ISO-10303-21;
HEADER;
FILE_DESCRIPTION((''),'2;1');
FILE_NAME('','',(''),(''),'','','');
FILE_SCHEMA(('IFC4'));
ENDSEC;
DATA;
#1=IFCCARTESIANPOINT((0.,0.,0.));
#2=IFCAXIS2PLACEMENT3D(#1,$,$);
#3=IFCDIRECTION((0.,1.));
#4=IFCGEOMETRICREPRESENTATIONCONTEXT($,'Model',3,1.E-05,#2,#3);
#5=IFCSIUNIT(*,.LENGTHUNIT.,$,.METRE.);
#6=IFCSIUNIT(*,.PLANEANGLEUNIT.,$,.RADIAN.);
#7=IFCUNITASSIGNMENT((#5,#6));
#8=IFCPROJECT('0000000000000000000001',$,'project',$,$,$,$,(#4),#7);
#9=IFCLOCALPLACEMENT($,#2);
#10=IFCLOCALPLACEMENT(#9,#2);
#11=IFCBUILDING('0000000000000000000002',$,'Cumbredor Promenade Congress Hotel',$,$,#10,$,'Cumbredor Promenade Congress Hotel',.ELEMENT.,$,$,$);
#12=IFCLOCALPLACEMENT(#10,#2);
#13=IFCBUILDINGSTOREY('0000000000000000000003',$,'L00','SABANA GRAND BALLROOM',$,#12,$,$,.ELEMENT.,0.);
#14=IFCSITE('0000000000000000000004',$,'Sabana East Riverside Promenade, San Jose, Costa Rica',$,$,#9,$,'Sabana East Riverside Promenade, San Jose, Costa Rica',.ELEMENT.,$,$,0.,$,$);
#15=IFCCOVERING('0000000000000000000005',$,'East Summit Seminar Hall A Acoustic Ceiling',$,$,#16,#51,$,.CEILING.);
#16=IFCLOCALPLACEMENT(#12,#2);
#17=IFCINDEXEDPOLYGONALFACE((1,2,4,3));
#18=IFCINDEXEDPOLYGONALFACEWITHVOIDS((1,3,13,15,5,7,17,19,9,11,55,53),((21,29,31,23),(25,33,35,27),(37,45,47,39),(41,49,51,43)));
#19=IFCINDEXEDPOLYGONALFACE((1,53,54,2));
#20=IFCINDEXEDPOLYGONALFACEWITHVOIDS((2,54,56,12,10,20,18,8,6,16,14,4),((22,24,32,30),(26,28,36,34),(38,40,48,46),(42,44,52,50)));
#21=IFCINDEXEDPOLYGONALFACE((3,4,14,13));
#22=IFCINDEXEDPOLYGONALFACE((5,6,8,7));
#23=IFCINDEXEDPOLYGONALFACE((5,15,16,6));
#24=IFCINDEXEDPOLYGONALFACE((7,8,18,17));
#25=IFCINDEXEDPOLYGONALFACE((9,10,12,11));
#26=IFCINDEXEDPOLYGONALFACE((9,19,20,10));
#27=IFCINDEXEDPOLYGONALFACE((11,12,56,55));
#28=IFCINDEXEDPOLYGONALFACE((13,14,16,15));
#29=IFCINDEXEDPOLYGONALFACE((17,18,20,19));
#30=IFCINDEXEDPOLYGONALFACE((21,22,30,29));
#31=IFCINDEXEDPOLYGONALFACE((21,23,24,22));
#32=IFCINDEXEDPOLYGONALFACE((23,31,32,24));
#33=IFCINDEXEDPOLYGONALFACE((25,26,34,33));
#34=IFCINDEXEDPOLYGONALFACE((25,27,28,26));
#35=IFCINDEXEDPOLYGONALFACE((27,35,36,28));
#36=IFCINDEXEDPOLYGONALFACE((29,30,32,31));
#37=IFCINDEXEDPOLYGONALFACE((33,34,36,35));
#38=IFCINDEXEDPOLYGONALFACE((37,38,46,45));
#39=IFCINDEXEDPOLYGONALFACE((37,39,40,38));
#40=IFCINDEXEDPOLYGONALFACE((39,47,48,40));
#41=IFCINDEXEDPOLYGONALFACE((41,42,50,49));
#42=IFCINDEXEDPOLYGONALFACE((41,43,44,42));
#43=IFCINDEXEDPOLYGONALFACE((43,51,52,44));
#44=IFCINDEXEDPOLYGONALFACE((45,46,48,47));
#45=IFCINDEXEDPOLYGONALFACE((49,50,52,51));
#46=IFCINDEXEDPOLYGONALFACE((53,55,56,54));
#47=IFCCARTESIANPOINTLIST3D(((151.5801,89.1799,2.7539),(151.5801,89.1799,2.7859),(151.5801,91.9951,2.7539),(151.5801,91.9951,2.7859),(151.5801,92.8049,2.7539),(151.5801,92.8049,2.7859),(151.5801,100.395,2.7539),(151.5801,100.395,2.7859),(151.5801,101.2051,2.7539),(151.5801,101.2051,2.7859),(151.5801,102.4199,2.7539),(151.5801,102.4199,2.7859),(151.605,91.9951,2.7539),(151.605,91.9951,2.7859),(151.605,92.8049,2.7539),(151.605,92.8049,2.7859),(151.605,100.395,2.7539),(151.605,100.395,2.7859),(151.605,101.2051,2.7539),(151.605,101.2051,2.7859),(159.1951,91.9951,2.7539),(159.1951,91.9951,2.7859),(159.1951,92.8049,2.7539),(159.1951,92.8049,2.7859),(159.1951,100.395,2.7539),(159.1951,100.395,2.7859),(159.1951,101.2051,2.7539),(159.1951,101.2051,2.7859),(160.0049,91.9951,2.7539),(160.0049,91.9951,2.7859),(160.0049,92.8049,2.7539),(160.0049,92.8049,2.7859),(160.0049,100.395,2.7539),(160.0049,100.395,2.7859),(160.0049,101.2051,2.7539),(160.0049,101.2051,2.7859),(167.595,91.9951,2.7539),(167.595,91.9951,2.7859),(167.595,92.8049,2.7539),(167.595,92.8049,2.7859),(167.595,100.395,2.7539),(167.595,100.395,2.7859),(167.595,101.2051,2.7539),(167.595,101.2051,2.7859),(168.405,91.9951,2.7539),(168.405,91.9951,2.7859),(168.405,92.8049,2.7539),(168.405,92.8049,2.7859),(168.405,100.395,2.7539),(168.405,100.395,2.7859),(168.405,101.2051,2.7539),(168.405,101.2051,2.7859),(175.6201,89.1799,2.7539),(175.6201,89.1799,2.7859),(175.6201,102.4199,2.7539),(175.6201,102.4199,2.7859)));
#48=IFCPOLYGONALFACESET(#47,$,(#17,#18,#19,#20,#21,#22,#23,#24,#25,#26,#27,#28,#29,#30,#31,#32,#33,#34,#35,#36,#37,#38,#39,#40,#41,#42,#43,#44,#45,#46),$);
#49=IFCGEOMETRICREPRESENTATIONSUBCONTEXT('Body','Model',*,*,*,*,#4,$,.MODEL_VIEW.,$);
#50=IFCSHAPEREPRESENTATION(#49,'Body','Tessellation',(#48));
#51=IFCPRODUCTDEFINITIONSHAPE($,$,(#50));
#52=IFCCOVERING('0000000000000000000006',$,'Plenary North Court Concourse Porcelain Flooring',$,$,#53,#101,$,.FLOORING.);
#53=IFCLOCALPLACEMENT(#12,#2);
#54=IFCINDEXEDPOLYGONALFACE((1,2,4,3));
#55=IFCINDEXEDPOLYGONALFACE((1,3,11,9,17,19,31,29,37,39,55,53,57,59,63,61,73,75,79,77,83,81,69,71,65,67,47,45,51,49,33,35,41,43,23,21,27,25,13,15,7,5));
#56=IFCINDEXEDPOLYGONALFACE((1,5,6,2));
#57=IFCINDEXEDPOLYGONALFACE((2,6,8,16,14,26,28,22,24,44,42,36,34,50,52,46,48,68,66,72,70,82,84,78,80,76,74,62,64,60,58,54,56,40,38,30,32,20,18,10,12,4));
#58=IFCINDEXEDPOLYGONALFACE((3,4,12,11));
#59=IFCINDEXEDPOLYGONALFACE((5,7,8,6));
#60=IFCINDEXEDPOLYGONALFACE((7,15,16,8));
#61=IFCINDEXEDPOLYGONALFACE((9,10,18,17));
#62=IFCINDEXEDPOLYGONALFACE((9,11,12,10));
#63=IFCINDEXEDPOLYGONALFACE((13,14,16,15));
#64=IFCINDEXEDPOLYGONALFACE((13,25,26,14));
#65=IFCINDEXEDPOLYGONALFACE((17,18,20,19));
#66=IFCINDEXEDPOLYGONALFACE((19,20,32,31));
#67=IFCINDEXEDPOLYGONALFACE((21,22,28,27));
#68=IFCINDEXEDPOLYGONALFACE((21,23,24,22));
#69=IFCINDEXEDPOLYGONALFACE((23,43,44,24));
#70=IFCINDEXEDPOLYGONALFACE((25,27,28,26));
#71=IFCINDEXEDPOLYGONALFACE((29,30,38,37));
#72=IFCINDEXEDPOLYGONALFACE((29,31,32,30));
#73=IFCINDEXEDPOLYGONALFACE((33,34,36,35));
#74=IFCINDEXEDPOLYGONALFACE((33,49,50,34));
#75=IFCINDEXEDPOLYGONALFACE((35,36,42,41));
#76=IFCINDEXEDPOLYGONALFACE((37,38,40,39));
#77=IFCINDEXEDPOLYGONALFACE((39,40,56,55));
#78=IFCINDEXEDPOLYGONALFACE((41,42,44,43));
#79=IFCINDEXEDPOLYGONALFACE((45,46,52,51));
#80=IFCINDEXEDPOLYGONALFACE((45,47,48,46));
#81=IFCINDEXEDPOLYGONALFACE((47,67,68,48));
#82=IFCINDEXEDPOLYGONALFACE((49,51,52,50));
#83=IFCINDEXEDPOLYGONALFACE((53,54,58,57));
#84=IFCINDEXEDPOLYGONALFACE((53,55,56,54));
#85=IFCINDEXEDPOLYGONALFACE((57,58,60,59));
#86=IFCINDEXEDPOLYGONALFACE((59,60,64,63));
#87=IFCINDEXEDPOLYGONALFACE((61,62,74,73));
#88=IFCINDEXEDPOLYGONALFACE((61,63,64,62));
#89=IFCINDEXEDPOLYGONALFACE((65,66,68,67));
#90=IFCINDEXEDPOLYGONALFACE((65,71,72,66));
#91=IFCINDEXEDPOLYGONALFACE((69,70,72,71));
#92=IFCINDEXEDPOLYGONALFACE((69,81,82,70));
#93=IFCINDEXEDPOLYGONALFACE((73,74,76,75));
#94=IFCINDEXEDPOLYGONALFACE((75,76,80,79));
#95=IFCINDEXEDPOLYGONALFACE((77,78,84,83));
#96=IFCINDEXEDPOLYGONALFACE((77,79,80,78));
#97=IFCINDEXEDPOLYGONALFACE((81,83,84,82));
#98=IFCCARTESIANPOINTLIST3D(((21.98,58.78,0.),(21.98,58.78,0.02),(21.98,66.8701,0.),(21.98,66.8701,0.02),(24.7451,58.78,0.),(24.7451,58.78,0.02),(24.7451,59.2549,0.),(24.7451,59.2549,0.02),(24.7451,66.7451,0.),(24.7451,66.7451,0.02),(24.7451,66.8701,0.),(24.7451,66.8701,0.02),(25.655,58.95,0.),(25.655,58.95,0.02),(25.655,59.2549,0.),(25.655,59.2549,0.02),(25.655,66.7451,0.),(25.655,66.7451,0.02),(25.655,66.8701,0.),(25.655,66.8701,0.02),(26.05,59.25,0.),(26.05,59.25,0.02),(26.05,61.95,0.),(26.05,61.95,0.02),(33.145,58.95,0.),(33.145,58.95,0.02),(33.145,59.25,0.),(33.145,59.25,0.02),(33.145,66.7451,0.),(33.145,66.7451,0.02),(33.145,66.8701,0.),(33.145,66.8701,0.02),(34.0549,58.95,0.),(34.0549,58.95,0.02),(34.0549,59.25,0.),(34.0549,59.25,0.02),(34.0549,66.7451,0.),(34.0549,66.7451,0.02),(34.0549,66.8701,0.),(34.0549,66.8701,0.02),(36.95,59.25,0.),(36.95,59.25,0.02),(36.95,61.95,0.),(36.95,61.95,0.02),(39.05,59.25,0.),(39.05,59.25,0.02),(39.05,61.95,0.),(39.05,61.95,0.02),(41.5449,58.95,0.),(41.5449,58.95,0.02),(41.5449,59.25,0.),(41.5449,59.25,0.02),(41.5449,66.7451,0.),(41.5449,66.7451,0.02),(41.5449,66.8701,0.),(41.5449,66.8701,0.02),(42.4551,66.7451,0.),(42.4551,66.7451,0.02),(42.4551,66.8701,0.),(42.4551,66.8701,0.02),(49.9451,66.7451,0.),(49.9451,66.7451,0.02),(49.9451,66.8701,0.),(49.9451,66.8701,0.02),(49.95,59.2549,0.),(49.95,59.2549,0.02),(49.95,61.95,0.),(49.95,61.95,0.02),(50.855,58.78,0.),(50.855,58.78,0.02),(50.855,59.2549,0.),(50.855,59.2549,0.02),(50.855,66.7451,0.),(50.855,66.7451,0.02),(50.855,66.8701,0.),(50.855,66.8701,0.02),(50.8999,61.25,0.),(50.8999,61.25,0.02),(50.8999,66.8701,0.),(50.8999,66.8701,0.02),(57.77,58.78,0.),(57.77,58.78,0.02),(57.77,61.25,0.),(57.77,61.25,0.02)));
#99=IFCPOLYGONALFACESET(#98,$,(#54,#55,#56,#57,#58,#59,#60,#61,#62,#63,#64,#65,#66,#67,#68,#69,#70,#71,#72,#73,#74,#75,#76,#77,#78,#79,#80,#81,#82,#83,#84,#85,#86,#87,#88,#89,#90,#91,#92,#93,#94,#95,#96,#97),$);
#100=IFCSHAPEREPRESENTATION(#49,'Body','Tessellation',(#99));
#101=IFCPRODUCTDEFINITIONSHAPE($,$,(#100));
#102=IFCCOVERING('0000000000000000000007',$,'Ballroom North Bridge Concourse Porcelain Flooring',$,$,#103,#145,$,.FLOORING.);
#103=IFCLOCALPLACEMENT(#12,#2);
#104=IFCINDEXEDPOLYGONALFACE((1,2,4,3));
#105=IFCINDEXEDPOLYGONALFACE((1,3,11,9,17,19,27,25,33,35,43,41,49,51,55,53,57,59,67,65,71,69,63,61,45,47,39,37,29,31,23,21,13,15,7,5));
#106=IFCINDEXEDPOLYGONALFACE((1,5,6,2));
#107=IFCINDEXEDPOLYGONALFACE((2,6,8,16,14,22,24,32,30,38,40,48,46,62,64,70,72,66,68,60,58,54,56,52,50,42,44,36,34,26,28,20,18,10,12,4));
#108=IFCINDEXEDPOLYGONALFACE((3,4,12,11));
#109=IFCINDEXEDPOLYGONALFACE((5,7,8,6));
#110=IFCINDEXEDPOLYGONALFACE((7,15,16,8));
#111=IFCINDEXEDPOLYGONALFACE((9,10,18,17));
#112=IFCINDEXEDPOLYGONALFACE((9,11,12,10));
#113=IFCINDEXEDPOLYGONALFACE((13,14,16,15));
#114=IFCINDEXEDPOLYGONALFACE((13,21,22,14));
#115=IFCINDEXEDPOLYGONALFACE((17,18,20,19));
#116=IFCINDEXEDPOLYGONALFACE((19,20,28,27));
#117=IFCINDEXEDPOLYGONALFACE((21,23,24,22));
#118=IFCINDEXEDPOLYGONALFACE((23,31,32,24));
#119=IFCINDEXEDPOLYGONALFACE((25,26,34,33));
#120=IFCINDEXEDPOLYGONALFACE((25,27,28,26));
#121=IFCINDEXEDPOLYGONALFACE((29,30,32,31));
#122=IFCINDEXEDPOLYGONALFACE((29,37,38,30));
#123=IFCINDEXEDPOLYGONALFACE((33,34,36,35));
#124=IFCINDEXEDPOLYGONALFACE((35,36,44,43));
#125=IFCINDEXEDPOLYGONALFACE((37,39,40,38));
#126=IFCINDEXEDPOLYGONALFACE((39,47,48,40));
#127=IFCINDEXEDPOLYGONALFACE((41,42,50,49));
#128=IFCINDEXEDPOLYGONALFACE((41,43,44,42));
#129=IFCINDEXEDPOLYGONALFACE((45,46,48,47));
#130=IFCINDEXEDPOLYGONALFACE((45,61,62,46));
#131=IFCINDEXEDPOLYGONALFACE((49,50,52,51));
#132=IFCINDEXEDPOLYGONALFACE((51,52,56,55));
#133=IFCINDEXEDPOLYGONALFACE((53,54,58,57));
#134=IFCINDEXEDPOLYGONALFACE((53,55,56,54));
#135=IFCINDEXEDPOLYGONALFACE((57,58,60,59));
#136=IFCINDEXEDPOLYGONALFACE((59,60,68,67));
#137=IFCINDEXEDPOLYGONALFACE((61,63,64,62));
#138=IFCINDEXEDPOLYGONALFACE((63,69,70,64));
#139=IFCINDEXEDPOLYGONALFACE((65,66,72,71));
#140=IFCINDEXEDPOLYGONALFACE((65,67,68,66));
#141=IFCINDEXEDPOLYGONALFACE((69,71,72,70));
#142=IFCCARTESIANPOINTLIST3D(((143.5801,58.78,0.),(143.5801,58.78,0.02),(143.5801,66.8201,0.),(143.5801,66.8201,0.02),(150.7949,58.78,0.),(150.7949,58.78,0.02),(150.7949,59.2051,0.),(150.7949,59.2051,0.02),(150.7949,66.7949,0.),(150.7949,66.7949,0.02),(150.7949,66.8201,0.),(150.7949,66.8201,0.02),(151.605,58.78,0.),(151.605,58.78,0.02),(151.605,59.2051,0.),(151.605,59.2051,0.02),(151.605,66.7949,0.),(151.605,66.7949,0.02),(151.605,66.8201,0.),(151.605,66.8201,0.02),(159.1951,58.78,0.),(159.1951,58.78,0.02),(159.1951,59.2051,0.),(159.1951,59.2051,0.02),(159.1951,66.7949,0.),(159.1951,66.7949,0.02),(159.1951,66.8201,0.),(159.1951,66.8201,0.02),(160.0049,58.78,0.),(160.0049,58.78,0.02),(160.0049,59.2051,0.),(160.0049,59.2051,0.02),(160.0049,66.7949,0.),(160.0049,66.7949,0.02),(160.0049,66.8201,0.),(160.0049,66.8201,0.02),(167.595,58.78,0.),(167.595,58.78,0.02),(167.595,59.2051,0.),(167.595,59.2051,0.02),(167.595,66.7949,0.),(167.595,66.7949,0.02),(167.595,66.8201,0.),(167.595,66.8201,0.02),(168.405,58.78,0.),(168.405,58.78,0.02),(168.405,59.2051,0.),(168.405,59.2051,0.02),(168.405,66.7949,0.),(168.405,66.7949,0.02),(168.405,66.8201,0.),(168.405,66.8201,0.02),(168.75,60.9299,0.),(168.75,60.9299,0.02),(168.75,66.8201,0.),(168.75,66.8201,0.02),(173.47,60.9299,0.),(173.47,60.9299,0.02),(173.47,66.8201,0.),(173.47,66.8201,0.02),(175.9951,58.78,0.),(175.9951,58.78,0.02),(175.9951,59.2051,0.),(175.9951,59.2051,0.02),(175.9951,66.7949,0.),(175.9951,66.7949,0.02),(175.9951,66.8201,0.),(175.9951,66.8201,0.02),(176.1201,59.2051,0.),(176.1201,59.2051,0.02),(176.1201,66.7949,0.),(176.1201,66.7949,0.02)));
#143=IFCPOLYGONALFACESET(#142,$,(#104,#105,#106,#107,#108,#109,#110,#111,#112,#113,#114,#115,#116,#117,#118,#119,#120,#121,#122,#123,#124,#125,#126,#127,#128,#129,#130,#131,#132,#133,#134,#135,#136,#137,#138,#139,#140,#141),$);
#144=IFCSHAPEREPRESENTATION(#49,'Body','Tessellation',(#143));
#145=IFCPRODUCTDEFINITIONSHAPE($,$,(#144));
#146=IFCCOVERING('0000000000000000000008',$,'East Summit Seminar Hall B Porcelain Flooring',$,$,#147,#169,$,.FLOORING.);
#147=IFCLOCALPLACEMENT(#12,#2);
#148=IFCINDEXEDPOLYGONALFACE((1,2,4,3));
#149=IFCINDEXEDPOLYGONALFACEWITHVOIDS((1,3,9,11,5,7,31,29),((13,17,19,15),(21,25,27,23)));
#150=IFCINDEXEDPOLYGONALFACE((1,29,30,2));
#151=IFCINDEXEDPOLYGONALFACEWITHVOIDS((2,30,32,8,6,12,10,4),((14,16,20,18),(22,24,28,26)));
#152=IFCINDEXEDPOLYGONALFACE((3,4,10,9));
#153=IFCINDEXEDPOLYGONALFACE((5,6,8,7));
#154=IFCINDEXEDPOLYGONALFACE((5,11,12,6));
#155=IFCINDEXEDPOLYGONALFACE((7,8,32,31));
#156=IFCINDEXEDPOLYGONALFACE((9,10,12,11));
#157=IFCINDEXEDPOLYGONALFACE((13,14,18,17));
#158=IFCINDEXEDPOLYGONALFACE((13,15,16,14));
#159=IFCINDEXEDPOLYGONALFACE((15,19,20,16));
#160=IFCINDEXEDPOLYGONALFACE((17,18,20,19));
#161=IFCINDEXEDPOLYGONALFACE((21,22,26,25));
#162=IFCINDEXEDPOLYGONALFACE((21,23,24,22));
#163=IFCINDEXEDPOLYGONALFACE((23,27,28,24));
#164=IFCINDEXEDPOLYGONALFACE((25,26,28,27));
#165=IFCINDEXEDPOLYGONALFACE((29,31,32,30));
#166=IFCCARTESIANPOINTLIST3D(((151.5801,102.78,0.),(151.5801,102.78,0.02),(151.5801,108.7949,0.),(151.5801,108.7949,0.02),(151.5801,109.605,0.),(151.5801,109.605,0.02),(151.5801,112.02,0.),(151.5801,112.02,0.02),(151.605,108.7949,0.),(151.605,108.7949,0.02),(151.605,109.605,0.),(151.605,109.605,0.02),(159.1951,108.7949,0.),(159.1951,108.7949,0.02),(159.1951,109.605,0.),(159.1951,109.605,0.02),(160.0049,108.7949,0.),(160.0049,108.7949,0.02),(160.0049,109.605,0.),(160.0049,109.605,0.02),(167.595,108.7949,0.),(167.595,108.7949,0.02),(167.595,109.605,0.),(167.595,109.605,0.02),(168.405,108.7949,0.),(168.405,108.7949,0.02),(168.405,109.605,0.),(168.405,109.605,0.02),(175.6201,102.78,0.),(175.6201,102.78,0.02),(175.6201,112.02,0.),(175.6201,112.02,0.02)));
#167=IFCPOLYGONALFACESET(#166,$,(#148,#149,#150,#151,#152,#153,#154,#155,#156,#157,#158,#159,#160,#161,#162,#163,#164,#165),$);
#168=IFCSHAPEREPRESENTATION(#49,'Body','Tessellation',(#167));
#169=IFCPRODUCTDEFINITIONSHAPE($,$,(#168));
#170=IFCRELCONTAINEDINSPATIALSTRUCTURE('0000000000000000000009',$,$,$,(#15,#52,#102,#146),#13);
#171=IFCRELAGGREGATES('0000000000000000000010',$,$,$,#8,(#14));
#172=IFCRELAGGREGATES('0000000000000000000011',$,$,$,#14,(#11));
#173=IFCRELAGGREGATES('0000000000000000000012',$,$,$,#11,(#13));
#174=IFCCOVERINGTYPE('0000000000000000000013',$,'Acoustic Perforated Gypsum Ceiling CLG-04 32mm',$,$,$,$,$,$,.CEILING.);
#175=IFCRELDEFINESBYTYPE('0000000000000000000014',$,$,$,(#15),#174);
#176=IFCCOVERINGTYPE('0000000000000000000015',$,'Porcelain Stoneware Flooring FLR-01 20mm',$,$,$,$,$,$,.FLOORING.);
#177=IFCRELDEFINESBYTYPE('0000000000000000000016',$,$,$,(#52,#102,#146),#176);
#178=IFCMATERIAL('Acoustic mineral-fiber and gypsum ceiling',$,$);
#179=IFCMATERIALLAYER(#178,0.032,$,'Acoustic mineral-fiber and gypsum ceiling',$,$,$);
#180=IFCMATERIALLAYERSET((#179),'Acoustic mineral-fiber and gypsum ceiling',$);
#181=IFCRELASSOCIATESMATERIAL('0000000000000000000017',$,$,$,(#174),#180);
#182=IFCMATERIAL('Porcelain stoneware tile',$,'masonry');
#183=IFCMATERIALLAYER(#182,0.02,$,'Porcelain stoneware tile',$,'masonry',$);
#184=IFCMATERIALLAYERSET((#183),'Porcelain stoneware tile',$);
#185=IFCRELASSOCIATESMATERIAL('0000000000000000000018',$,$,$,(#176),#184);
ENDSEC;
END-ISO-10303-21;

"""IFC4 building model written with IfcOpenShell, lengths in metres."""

from ifc_helpers import new_model, si_unit, direction, frame, origin, place, context, subcontext, project, spatial, polyline, outline, extrude, material, layer, layer_set, type_object, element, save


model = new_model("IFC4")

# Units and contexts
model_context = context("Model", 3, precision=1e-05, world=origin(), true_north=direction((0.0, 1.0)))
body_context = subcontext(model_context, "Body", "Model", "MODEL_VIEW")
ifc_project = project(units=[si_unit("LENGTHUNIT", "METRE"), si_unit("PLANEANGLEUNIT", "RADIAN")], contexts=[model_context])

# Site, building, storey
site_placement = place(None, origin())
site = spatial("IfcSite", under=ifc_project, at=site_placement, Name="Sabana East Riverside Promenade, San Jose, Costa Rica", LongName="Sabana East Riverside Promenade, San Jose, Costa Rica", CompositionType="ELEMENT", RefElevation=0.0)
building_placement = place(site_placement, origin())
building = spatial("IfcBuilding", under=site, at=building_placement, Name="Cumbredor Promenade Congress Hotel", LongName="Cumbredor Promenade Congress Hotel", CompositionType="ELEMENT")
storey_placement = place(building_placement, origin())
storey = spatial("IfcBuildingStorey", under=building, at=storey_placement, Name="L00", Description="SABANA GRAND BALLROOM", CompositionType="ELEMENT", Elevation=0.0)

# Coverings
ifc_material_1 = material(Name="Acoustic mineral-fiber and gypsum ceiling")
ifc_layer_1 = layer(ifc_material_1, 0.032, Name="Acoustic mineral-fiber and gypsum ceiling")
ifc_layer_set_1 = layer_set([ifc_layer_1], Name="Acoustic mineral-fiber and gypsum ceiling")
covering_type_1 = type_object("IfcCoveringType", Name="Acoustic Perforated Gypsum Ceiling CLG-04 32mm", PredefinedType="CEILING", material=ifc_layer_set_1)
covering_1_placement = place(storey_placement, frame((0.0, 0.0, 2.7539)))
element("IfcCovering", 1, at=covering_1_placement, inside=storey, type_object=covering_type_1, Name="East Summit Seminar Hall A Acoustic Ceiling", PredefinedType="CEILING", context=body_context, shape_type="SweptSolid", body=[
    extrude(outline(polyline([(151.605, 100.395), (151.605, 101.2051), (151.5801, 101.2051), (151.5801, 102.4199), (175.6201, 102.4199), (175.6201, 89.1799), (151.5801, 89.1799), (151.5801, 91.9951), (151.605, 91.9951), (151.605, 92.8049), (151.5801, 92.8049), (151.5801, 100.395), (151.605, 100.395)]), holes=[polyline([(160.0049, 91.9951), (160.0049, 92.8049), (159.1951, 92.8049), (159.1951, 91.9951), (160.0049, 91.9951)]), polyline([(159.1951, 100.395), (160.0049, 100.395), (160.0049, 101.2051), (159.1951, 101.2051), (159.1951, 100.395)]), polyline([(167.595, 92.8049), (167.595, 91.9951), (168.405, 91.9951), (168.405, 92.8049), (167.595, 92.8049)]), polyline([(168.405, 101.2051), (167.595, 101.2051), (167.595, 100.395), (168.405, 100.395), (168.405, 101.2051)])]), origin(), (0.0, 0.0, 1.0), 0.032),
])
ifc_material_2 = material(Name="Porcelain stoneware tile", Category="masonry")
ifc_layer_2 = layer(ifc_material_2, 0.02, Name="Porcelain stoneware tile", Category="masonry")
ifc_layer_set_2 = layer_set([ifc_layer_2], Name="Porcelain stoneware tile")
covering_type_2 = type_object("IfcCoveringType", Name="Porcelain Stoneware Flooring FLR-01 20mm", PredefinedType="FLOORING", material=ifc_layer_set_2)
covering_2_placement = place(storey_placement, origin())
element("IfcCovering", 2, at=covering_2_placement, inside=storey, type_object=covering_type_2, Name="Plenary North Court Concourse Porcelain Flooring", PredefinedType="FLOORING", context=body_context, shape_type="SweptSolid", body=[
    extrude(outline(polyline([(26.05, 61.95), (26.05, 59.25), (33.145, 59.25), (33.145, 58.95), (25.655, 58.95), (25.655, 59.2549), (24.7451, 59.2549), (24.7451, 58.78), (21.98, 58.78), (21.98, 66.8701), (24.7451, 66.8701), (24.7451, 66.7451), (25.655, 66.7451), (25.655, 66.8701), (33.145, 66.8701), (33.145, 66.7451), (34.0549, 66.7451), (34.0549, 66.8701), (41.5449, 66.8701), (41.5449, 66.7451), (42.4551, 66.7451), (42.4551, 66.8701), (49.9451, 66.8701), (49.9451, 66.7451), (50.855, 66.7451), (50.855, 66.8701), (50.8999, 66.8701), (50.8999, 61.25), (57.77, 61.25), (57.77, 58.78), (50.855, 58.78), (50.855, 59.2549), (49.95, 59.2549), (49.95, 61.95), (39.05, 61.95), (39.05, 59.25), (41.5449, 59.25), (41.5449, 58.95), (34.0549, 58.95), (34.0549, 59.25), (36.95, 59.25), (36.95, 61.95), (26.05, 61.95)])), origin(), (0.0, 0.0, 1.0), 0.02),
])
covering_3_placement = place(storey_placement, origin())
element("IfcCovering", 3, at=covering_3_placement, inside=storey, type_object=covering_type_2, Name="Ballroom North Bridge Concourse Porcelain Flooring", PredefinedType="FLOORING", context=body_context, shape_type="SweptSolid", body=[
    extrude(outline(polyline([(150.7949, 66.7949), (151.605, 66.7949), (151.605, 66.8201), (159.1951, 66.8201), (159.1951, 66.7949), (160.0049, 66.7949), (160.0049, 66.8201), (167.595, 66.8201), (167.595, 66.7949), (168.405, 66.7949), (168.405, 66.8201), (168.75, 66.8201), (168.75, 60.9299), (173.47, 60.9299), (173.47, 66.8201), (175.9951, 66.8201), (175.9951, 66.7949), (176.1201, 66.7949), (176.1201, 59.2051), (175.9951, 59.2051), (175.9951, 58.78), (168.405, 58.78), (168.405, 59.2051), (167.595, 59.2051), (167.595, 58.78), (160.0049, 58.78), (160.0049, 59.2051), (159.1951, 59.2051), (159.1951, 58.78), (151.605, 58.78), (151.605, 59.2051), (150.7949, 59.2051), (150.7949, 58.78), (143.5801, 58.78), (143.5801, 66.8201), (150.7949, 66.8201), (150.7949, 66.7949)])), origin(), (0.0, 0.0, 1.0), 0.02),
])
covering_4_placement = place(storey_placement, origin())
element("IfcCovering", 4, at=covering_4_placement, inside=storey, type_object=covering_type_2, Name="East Summit Seminar Hall B Porcelain Flooring", PredefinedType="FLOORING", context=body_context, shape_type="SweptSolid", body=[
    extrude(outline(polyline([(151.605, 109.605), (151.5801, 109.605), (151.5801, 112.02), (175.6201, 112.02), (175.6201, 102.78), (151.5801, 102.78), (151.5801, 108.7949), (151.605, 108.7949), (151.605, 109.605)]), holes=[polyline([(159.1951, 109.605), (159.1951, 108.7949), (160.0049, 108.7949), (160.0049, 109.605), (159.1951, 109.605)]), polyline([(168.405, 109.605), (167.595, 109.605), (167.595, 108.7949), (168.405, 108.7949), (168.405, 109.605)])]), origin(), (0.0, 0.0, 1.0), 0.02),
])

save(model, "model.ifc")
